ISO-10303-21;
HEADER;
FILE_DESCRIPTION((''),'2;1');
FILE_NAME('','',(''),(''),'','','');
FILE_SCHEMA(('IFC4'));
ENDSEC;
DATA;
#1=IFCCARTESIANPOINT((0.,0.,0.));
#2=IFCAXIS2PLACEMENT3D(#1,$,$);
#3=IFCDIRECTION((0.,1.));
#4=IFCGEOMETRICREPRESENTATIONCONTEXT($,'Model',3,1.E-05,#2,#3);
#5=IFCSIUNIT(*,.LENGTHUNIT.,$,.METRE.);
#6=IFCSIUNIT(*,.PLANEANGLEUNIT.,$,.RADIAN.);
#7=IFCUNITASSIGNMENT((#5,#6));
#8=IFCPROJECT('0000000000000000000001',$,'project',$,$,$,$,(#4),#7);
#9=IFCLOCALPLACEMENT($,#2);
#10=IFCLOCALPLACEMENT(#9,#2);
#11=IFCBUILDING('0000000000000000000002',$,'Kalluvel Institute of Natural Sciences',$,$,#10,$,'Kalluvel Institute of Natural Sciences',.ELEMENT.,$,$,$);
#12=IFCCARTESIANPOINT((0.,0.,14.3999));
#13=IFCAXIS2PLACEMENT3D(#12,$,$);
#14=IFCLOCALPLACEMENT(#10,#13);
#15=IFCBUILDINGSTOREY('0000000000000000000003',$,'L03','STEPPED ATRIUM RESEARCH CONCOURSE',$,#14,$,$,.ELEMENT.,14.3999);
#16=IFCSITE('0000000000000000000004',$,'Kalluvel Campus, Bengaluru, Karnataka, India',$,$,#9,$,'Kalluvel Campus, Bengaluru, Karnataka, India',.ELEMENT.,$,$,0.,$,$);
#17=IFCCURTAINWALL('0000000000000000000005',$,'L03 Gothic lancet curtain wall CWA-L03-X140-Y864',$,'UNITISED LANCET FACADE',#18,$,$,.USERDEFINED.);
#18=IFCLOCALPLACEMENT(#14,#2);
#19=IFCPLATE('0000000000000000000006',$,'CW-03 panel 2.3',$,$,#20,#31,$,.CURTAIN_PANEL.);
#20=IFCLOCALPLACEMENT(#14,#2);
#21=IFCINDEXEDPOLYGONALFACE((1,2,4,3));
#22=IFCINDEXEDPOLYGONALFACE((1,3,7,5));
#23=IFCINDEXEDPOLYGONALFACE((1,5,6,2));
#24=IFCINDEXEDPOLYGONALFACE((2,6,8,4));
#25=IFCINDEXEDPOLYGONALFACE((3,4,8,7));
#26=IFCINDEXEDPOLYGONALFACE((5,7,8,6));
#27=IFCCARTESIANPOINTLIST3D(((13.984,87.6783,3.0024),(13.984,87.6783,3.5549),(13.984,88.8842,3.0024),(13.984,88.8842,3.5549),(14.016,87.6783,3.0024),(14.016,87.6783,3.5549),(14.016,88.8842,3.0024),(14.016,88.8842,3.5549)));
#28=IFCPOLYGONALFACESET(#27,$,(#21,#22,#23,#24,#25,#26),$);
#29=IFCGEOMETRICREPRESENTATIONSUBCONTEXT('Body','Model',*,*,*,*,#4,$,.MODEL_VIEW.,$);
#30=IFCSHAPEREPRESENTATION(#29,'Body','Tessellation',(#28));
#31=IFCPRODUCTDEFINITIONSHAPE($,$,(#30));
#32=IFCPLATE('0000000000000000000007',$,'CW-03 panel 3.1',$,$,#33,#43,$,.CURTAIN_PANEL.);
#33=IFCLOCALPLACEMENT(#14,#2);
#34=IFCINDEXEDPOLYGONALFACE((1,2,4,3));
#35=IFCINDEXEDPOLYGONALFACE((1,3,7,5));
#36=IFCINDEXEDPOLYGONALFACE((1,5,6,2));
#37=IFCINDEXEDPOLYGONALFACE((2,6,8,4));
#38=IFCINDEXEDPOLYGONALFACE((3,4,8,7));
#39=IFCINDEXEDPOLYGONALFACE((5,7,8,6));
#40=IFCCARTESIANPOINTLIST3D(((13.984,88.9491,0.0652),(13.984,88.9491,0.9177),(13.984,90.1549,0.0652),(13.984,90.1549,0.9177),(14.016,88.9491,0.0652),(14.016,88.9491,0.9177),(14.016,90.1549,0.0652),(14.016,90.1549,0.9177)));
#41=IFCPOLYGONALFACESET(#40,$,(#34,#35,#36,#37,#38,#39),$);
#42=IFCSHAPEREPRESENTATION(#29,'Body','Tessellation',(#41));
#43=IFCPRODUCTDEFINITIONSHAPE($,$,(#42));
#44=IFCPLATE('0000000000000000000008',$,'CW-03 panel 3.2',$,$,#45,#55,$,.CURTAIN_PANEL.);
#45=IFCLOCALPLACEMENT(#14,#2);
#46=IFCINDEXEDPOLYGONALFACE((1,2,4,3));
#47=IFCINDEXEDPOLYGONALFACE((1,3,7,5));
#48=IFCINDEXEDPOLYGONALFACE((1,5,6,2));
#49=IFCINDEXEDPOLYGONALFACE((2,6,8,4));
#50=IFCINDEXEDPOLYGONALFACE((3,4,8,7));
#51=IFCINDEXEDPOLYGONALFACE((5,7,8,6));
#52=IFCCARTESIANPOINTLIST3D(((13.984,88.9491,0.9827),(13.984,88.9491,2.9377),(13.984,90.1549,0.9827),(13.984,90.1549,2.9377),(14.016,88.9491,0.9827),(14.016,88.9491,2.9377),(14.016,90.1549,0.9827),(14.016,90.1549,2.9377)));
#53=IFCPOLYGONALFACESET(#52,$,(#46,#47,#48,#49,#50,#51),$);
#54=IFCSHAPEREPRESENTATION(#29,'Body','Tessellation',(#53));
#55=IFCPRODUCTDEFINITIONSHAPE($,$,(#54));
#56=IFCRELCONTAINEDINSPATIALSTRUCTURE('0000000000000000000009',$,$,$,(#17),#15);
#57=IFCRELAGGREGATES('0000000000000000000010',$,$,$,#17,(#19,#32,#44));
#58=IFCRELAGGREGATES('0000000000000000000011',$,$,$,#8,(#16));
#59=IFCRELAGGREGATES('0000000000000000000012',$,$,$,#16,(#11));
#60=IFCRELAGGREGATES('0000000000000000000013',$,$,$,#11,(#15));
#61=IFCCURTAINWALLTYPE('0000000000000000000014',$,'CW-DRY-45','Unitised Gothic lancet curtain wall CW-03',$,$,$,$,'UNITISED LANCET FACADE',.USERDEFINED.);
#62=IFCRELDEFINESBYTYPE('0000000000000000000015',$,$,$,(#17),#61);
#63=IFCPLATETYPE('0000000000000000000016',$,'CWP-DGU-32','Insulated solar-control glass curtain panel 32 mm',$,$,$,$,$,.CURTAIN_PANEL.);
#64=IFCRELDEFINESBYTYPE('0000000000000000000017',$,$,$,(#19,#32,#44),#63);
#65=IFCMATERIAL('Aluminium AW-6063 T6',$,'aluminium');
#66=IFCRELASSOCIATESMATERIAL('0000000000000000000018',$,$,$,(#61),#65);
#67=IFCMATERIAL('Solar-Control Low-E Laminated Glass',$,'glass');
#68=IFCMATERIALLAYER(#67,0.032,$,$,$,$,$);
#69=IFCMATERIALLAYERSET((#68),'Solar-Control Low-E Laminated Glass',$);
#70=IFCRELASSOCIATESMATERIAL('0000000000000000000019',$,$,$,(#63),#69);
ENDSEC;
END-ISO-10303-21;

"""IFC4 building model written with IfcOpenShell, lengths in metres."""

from ifc_helpers import new_model, si_unit, direction, frame, origin, origin_2d, place, context, subcontext, project, spatial, rectangle, extrude, material, layer, layer_set, type_object, element, aggregate, save


model = new_model("IFC4")

# Units and contexts
model_context = context("Model", 3, precision=1e-05, world=origin(), true_north=direction((0.0, 1.0)))
body_context = subcontext(model_context, "Body", "Model", "MODEL_VIEW")
ifc_project = project(units=[si_unit("LENGTHUNIT", "METRE"), si_unit("PLANEANGLEUNIT", "RADIAN")], contexts=[model_context])

# Site, building, storey
site_placement = place(None, origin())
site = spatial("IfcSite", under=ifc_project, at=site_placement, Name="Kalluvel Campus, Bengaluru, Karnataka, India", LongName="Kalluvel Campus, Bengaluru, Karnataka, India", CompositionType="ELEMENT", RefElevation=0.0)
building_placement = place(site_placement, origin())
building = spatial("IfcBuilding", under=site, at=building_placement, Name="Kalluvel Institute of Natural Sciences", LongName="Kalluvel Institute of Natural Sciences", CompositionType="ELEMENT")
storey_placement = place(building_placement, frame((0.0, 0.0, 14.3999)))
storey = spatial("IfcBuildingStorey", under=building, at=storey_placement, Name="L03", Description="STEPPED ATRIUM RESEARCH CONCOURSE", CompositionType="ELEMENT", Elevation=14.3999)

# Curtain wall
ifc_material_1 = material(Name="Aluminium AW-6063 T6", Category="aluminium")
curtain_wall_type = type_object("IfcCurtainWallType", Name="CW-DRY-45", Description="Unitised Gothic lancet curtain wall CW-03", ElementType="UNITISED LANCET FACADE", PredefinedType="USERDEFINED", material=ifc_material_1)
curtain_wall_placement = place(storey_placement, origin())
curtain_wall = element("IfcCurtainWall", 1, at=curtain_wall_placement, inside=storey, type_object=curtain_wall_type, Name="L03 Gothic lancet curtain wall CWA-L03-X140-Y864", ObjectType="UNITISED LANCET FACADE", PredefinedType="USERDEFINED")

# Plates
ifc_material_2 = material(Name="Solar-Control Low-E Laminated Glass", Category="glass")
ifc_layer = layer(ifc_material_2, 0.032)
ifc_layer_set = layer_set([ifc_layer], Name="Solar-Control Low-E Laminated Glass")
plate_type = type_object("IfcPlateType", Name="CWP-DGU-32", Description="Insulated solar-control glass curtain panel 32 mm", PredefinedType="CURTAIN_PANEL", material=ifc_layer_set)
plate_1_placement = place(storey_placement, frame((14.0, 88.2812, 3.0024), z_axis=(0.0, 0.0, 1.0), x_axis=(0.0, 1.0, 0.0)))
plate_1 = element("IfcPlate", 2, at=plate_1_placement, type_object=plate_type, Name="CW-03 panel 2.3", PredefinedType="CURTAIN_PANEL", context=body_context, shape_type="SweptSolid", body=[
    extrude(rectangle(XDim=1.2058, YDim=0.032, at=origin_2d()), origin(), (0.0, 0.0, 1.0), 0.5525),
])
plate_2_placement = place(storey_placement, frame((14.0, 89.552, 0.0652), z_axis=(0.0, 0.0, 1.0), x_axis=(0.0, 1.0, 0.0)))
plate_2 = element("IfcPlate", 3, at=plate_2_placement, type_object=plate_type, Name="CW-03 panel 3.1", PredefinedType="CURTAIN_PANEL", context=body_context, shape_type="SweptSolid", body=[
    extrude(rectangle(XDim=1.2058, YDim=0.032, at=origin_2d()), origin(), (0.0, 0.0, 1.0), 0.8525),
])
plate_3_placement = place(storey_placement, frame((14.0, 89.552, 0.9827), z_axis=(0.0, 0.0, 1.0), x_axis=(0.0, 1.0, 0.0)))
plate_3 = element("IfcPlate", 4, at=plate_3_placement, type_object=plate_type, Name="CW-03 panel 3.2", PredefinedType="CURTAIN_PANEL", context=body_context, shape_type="SweptSolid", body=[
    extrude(rectangle(XDim=1.2058, YDim=0.032, at=origin_2d()), origin(), (0.0, 0.0, 1.0), 1.9551),
])
aggregate(curtain_wall, [plate_1, plate_2, plate_3])

save(model, "model.ifc")
